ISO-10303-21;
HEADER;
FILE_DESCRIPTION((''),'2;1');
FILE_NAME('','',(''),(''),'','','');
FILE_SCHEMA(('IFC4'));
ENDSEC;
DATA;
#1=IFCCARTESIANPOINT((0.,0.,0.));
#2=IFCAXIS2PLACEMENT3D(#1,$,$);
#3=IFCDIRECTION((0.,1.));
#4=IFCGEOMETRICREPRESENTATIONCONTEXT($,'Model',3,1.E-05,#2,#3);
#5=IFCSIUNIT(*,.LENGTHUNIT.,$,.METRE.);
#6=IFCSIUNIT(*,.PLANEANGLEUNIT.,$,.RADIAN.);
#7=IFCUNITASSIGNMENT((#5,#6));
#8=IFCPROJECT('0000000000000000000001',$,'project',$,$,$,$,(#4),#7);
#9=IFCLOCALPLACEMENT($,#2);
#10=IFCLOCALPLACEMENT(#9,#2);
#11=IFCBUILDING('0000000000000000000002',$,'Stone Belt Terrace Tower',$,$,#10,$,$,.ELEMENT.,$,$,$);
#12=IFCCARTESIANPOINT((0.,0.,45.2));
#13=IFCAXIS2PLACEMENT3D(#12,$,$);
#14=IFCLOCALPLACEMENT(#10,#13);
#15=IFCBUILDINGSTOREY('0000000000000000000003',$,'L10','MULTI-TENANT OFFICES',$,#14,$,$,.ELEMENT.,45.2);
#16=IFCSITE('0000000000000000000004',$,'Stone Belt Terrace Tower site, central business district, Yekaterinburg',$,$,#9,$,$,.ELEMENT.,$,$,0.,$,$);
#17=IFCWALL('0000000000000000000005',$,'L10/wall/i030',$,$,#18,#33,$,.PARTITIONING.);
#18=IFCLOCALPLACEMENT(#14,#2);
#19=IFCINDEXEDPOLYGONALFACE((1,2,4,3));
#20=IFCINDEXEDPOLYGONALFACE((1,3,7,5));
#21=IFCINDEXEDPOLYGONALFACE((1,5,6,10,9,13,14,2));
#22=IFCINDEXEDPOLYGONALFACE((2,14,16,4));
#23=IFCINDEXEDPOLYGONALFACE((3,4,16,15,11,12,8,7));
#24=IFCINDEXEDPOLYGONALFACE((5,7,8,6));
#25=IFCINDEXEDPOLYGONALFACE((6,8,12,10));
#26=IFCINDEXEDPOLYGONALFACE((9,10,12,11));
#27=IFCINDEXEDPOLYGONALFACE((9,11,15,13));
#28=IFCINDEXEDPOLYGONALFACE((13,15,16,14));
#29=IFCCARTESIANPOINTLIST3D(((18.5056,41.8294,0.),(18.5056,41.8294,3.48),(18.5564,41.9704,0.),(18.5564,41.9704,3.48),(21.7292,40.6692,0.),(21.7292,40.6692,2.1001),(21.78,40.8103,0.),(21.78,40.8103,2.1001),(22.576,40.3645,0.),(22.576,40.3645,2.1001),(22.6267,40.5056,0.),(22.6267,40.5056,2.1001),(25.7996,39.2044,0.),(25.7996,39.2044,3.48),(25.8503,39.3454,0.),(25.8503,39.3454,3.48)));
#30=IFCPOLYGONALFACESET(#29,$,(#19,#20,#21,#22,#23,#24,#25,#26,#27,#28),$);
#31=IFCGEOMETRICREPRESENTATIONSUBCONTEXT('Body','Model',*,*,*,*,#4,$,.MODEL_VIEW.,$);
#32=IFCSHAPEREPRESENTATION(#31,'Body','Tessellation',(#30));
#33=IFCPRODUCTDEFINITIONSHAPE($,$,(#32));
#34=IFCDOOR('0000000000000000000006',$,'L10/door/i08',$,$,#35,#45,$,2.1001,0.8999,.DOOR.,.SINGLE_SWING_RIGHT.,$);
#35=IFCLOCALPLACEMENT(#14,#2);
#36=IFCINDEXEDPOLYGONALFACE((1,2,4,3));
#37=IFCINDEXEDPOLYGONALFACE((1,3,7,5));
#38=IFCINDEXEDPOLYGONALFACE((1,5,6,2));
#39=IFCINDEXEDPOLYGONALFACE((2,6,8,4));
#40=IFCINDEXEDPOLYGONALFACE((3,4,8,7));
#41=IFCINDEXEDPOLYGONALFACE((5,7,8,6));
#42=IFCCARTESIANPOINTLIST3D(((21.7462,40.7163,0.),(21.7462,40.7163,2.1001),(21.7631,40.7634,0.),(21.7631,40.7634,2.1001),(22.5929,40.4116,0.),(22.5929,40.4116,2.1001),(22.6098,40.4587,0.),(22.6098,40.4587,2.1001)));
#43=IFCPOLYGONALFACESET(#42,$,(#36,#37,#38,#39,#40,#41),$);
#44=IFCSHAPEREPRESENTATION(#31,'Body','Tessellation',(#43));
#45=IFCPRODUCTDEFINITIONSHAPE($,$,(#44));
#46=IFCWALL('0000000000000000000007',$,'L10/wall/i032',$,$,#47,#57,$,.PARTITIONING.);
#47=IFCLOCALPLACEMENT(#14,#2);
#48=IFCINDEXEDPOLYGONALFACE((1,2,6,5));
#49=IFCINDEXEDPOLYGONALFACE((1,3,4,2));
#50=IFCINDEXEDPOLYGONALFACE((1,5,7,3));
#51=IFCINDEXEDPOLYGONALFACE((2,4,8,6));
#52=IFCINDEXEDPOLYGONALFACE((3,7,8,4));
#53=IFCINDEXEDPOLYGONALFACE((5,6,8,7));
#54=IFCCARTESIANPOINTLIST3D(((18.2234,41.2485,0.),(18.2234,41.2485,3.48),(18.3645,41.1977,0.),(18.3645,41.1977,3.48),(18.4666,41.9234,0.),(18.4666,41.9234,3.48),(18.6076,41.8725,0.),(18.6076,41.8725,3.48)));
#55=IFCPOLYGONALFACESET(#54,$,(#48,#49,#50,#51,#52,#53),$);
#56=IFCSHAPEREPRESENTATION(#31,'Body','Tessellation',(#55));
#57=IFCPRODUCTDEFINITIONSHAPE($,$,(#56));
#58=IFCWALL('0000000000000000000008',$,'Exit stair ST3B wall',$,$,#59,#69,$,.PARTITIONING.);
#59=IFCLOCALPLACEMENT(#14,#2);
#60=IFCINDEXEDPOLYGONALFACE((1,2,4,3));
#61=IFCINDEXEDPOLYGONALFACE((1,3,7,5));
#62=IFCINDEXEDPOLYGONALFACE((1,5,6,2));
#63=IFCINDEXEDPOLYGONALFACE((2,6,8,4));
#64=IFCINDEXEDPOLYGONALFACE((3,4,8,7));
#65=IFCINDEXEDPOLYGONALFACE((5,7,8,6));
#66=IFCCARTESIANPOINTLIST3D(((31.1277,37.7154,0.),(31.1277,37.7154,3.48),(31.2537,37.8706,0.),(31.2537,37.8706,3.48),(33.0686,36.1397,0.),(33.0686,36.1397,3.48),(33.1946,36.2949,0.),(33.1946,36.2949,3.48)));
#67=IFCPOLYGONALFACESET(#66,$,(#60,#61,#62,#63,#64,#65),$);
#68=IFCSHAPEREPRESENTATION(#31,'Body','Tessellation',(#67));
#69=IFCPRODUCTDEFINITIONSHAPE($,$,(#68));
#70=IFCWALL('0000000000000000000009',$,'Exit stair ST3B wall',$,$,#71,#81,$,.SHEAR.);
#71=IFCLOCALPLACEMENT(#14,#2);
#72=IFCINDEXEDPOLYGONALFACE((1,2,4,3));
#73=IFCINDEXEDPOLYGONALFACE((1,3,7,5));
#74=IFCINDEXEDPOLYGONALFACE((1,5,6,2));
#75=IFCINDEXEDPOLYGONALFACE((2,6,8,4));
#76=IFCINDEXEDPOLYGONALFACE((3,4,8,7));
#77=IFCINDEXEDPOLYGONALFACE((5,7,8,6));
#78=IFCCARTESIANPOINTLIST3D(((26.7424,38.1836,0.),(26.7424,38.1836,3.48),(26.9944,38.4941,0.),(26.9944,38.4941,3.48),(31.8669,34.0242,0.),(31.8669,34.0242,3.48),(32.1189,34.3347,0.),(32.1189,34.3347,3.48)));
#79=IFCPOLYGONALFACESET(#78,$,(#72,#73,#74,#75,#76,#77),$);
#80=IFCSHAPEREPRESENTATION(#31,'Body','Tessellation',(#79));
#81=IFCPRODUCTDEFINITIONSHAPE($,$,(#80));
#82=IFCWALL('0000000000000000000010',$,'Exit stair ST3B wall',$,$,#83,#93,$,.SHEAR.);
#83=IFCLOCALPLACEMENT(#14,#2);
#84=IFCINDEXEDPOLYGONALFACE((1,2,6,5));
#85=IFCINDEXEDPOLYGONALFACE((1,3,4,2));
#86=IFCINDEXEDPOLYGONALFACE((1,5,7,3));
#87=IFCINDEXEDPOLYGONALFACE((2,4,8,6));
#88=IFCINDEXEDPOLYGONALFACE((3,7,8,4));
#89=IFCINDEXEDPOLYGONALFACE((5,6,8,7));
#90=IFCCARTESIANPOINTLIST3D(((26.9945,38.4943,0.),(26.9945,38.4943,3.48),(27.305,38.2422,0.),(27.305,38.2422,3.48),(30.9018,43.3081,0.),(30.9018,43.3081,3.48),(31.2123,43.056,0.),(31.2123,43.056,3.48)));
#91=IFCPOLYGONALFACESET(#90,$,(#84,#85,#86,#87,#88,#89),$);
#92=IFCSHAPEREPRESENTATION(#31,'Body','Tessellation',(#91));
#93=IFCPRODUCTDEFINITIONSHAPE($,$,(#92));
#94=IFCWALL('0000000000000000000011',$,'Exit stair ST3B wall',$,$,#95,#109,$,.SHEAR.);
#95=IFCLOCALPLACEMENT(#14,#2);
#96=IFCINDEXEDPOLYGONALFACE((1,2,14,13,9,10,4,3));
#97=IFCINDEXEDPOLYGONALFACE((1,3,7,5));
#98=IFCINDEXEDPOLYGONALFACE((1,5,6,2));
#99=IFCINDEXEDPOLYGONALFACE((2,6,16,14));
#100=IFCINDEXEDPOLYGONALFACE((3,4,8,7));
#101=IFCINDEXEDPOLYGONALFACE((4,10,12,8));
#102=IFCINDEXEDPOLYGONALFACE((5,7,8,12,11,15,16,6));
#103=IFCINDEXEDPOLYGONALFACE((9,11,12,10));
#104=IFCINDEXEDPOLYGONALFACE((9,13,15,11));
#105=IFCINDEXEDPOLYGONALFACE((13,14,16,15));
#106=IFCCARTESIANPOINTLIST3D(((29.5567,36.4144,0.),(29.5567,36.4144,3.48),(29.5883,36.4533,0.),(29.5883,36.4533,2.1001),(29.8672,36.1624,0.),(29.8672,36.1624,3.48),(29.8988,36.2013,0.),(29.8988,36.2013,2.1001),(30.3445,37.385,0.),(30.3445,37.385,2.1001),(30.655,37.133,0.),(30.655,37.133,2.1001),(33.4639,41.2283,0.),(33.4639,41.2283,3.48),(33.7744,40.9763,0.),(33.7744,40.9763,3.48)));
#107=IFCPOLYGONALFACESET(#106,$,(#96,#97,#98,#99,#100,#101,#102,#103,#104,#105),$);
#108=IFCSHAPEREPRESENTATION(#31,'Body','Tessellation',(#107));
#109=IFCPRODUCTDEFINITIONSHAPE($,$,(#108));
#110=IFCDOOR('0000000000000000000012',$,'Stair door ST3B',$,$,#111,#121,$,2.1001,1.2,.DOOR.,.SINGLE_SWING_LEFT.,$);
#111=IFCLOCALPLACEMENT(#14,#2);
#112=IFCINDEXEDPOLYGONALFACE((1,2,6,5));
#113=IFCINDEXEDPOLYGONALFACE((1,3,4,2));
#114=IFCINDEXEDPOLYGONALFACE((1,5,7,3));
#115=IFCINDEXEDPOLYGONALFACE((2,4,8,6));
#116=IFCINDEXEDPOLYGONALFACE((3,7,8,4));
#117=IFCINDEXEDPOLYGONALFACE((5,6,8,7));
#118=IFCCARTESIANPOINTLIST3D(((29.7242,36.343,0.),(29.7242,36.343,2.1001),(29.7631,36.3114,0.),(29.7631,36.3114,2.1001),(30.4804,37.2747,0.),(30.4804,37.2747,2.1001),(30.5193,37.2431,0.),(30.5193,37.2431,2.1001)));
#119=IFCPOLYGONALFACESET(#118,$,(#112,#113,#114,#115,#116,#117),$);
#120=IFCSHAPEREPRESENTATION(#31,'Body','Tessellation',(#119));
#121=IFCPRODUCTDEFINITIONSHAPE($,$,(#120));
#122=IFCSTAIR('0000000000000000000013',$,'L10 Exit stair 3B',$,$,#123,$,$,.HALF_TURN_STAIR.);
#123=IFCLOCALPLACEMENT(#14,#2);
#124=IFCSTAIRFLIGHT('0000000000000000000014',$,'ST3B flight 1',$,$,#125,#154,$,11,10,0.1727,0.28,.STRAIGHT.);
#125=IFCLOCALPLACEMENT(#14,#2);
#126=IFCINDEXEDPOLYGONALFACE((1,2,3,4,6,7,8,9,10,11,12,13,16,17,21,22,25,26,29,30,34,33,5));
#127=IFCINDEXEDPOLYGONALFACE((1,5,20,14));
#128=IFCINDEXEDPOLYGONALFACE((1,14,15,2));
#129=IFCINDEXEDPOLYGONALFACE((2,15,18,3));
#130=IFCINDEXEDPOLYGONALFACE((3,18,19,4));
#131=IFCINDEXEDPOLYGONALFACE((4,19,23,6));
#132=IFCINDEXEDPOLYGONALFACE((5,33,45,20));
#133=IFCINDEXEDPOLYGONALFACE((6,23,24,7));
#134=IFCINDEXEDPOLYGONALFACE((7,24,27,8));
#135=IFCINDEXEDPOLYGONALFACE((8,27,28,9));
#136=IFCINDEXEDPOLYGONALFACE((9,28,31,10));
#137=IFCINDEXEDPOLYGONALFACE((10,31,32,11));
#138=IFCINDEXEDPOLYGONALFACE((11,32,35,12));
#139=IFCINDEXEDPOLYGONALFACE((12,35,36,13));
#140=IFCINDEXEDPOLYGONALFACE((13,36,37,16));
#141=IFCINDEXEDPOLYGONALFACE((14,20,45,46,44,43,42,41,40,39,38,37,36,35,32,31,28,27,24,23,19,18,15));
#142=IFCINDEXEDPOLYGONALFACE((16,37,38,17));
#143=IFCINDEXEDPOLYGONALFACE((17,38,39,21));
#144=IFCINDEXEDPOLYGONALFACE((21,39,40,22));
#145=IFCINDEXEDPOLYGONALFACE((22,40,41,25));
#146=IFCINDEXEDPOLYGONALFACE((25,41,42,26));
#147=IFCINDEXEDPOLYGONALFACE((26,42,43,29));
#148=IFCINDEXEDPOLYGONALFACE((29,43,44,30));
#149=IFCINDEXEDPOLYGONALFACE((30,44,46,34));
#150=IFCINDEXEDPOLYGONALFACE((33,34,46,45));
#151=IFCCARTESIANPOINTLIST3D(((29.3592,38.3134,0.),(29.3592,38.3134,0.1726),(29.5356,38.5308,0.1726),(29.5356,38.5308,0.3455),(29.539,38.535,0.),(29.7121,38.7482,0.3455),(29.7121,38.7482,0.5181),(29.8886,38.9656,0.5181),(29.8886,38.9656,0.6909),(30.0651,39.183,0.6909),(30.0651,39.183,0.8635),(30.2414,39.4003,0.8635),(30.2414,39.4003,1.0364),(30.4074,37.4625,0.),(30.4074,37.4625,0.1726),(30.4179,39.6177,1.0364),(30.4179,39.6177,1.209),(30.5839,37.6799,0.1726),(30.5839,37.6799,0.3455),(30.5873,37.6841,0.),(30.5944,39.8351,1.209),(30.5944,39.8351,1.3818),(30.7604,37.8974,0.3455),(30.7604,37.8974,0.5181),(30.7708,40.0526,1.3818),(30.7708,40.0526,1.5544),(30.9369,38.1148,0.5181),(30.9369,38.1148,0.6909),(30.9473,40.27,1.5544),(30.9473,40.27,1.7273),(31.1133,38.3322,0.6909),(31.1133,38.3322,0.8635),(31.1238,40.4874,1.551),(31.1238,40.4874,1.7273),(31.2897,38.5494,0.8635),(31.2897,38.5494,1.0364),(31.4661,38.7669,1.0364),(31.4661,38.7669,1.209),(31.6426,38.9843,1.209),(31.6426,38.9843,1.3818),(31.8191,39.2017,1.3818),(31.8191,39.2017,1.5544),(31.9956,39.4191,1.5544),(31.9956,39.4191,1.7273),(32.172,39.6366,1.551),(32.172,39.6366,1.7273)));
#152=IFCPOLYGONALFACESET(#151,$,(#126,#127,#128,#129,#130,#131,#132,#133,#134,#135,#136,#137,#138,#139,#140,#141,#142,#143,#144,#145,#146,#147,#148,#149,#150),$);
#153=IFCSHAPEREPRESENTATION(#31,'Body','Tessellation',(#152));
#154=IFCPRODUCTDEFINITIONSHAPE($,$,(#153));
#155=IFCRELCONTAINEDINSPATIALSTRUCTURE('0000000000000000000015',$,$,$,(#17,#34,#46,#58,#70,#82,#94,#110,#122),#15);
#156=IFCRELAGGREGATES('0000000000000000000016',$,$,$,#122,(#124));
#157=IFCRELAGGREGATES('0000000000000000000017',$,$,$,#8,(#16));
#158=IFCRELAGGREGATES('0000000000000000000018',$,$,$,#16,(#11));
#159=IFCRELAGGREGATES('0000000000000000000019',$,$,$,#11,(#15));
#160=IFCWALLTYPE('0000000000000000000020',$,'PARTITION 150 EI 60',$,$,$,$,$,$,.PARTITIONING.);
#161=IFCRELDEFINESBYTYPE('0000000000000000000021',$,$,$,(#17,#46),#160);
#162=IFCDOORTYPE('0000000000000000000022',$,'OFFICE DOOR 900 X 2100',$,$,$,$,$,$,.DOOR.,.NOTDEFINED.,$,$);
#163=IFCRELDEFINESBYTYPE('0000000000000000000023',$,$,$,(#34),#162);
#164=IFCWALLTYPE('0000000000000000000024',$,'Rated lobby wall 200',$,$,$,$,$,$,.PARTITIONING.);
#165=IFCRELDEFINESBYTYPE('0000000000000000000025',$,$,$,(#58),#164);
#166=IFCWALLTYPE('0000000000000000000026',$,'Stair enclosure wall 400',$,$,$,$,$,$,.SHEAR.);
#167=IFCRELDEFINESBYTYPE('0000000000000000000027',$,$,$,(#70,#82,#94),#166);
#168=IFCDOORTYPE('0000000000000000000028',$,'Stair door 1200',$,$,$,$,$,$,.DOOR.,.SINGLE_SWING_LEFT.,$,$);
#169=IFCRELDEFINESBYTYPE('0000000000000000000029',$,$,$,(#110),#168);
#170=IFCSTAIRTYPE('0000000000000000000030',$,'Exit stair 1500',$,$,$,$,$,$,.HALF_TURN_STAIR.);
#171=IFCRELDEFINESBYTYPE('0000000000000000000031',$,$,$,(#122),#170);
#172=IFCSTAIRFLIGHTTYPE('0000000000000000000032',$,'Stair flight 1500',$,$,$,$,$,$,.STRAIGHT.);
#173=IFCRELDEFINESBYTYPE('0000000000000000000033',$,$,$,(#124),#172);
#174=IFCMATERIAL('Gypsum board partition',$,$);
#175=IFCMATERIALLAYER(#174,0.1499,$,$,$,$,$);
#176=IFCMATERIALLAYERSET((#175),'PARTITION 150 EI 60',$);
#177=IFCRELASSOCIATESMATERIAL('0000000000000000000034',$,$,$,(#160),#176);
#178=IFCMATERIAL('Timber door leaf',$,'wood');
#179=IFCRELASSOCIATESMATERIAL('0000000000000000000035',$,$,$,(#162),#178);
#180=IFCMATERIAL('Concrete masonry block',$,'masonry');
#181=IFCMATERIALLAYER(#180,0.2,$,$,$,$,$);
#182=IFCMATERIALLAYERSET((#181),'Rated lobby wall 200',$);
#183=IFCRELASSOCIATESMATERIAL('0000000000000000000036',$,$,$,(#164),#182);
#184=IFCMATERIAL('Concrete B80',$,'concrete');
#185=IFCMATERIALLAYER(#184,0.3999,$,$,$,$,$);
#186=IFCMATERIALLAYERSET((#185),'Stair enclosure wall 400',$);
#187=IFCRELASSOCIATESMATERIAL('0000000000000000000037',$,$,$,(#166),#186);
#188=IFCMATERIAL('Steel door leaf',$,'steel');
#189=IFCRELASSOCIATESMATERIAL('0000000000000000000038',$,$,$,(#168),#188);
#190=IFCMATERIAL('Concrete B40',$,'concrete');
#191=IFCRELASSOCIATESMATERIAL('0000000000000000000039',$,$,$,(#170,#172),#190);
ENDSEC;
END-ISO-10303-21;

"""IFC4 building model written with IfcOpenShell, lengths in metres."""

from ifc_helpers import new_model, si_unit, direction, frame, frame_2d, origin, place, context, subcontext, project, spatial, polyline, rectangle, outline, extrude, material, layer, layer_set, type_object, element, fill, aggregate, save


model = new_model("IFC4")

# Units and contexts
model_context = context("Model", 3, precision=1e-05, world=origin(), true_north=direction((0.0, 1.0)))
body_context = subcontext(model_context, "Body", "Model", "MODEL_VIEW")
ifc_project = project(units=[si_unit("LENGTHUNIT", "METRE"), si_unit("PLANEANGLEUNIT", "RADIAN")], contexts=[model_context])

# Site, building, storey
site_placement = place(None, origin())
site = spatial("IfcSite", under=ifc_project, at=site_placement, Name="Stone Belt Terrace Tower site, central business district, Yekaterinburg", CompositionType="ELEMENT", RefElevation=0.0)
building_placement = place(site_placement, origin())
building = spatial("IfcBuilding", under=site, at=building_placement, Name="Stone Belt Terrace Tower", CompositionType="ELEMENT")
storey_placement = place(building_placement, frame((0.0, 0.0, 45.2)))
storey = spatial("IfcBuildingStorey", under=building, at=storey_placement, Name="L10", Description="MULTI-TENANT OFFICES", CompositionType="ELEMENT", Elevation=45.2)

# Shared definitions
ifc_material_1 = material(Name="Concrete B80", Category="concrete")

# Shared definitions
ifc_material_2 = material(Name="Gypsum board partition")
ifc_layer_1 = layer(ifc_material_2, 0.1499)
ifc_layer_set_1 = layer_set([ifc_layer_1], Name="PARTITION 150 EI 60")
wall_type_1 = type_object("IfcWallType", Name="PARTITION 150 EI 60", PredefinedType="PARTITIONING", material=ifc_layer_set_1)

# Wall, opening, door
ifc_material_3 = material(Name="Timber door leaf", Category="wood")
door_type_1 = type_object("IfcDoorType", Name="OFFICE DOOR 900 X 2100", OperationType="NOTDEFINED", PredefinedType="DOOR", material=ifc_material_3)
wall_1_placement = place(storey_placement, frame((25.825, 39.2749, 0.0), z_axis=(0.0, 0.0, 1.0), x_axis=(-0.940921, 0.338626, 0.0)))
wall_1 = element("IfcWall", 1, at=wall_1_placement, inside=storey, type_object=wall_type_1, Name="L10/wall/i030", PredefinedType="PARTITIONING", context=body_context, shape_type="SweptSolid", body=[
    extrude(rectangle(XDim=7.752, YDim=0.1499, at=frame_2d((3.876, 0.0))), origin(), (0.0, 0.0, 1.0), 3.48),
])
opening_1_placement = place(wall_1_placement, frame((3.426, 0.0, 0.0)))
opening_1 = element("IfcOpeningElement", 2, at=opening_1_placement, cuts=wall_1, PredefinedType="OPENING", context=body_context, shape_type="SweptSolid", body=[
    extrude(rectangle(XDim=0.8999, YDim=2.1001, at=frame_2d((0.45, 1.05))), frame((0.0, 0.085, 0.0), z_axis=(0.0, -1.0, 0.0), x_axis=(1.0, 0.0, 0.0)), (0.0, 0.0, 1.0), 0.1699),
])
door_1_placement = place(opening_1_placement, origin())
door_1 = element("IfcDoor", 3, at=door_1_placement, inside=storey, type_object=door_type_1, Name="L10/door/i08", OperationType="SINGLE_SWING_RIGHT", OverallHeight=2.1001, OverallWidth=0.8999, PredefinedType="DOOR", context=body_context, shape_type="SweptSolid", body=[
    extrude(rectangle(XDim=0.8999, YDim=2.1001, at=frame_2d((0.45, 1.05))), frame((0.0, 0.0249, 0.0), z_axis=(0.0, -1.0, 0.0), x_axis=(1.0, 0.0, 0.0)), (0.0, 0.0, 1.0), 0.05),
])
fill(opening_1, door_1)

# Walls
wall_2_placement = place(storey_placement, frame((18.5371, 41.8979, 0.0), z_axis=(0.0, 0.0, 1.0), x_axis=(-0.339009, -0.940783, 0.0)))
element("IfcWall", 4, at=wall_2_placement, inside=storey, type_object=wall_type_1, Name="L10/wall/i032", PredefinedType="PARTITIONING", context=body_context, shape_type="SweptSolid", body=[
    extrude(rectangle(XDim=0.7173, YDim=0.1499, at=frame_2d((0.3586, 0.0))), origin(), (0.0, 0.0, 1.0), 3.48),
])
ifc_material_4 = material(Name="Concrete masonry block", Category="masonry")
ifc_layer_2 = layer(ifc_material_4, 0.2)
ifc_layer_set_2 = layer_set([ifc_layer_2], Name="Rated lobby wall 200")
wall_type_2 = type_object("IfcWallType", Name="Rated lobby wall 200", PredefinedType="PARTITIONING", material=ifc_layer_set_2)
wall_3_placement = place(storey_placement, frame((31.1907, 37.793, 0.0), z_axis=(0.0, 0.0, 1.0), x_axis=(0.776371, -0.630276, 0.0)))
element("IfcWall", 5, at=wall_3_placement, inside=storey, type_object=wall_type_2, Name="Exit stair ST3B wall", PredefinedType="PARTITIONING", context=body_context, shape_type="SweptSolid", body=[
    extrude(rectangle(XDim=2.5, YDim=0.2, at=frame_2d((1.25, 0.0))), origin(), (0.0, 0.0, 1.0), 3.48),
])
ifc_layer_3 = layer(ifc_material_1, 0.3999)
ifc_layer_set_3 = layer_set([ifc_layer_3], Name="Stair enclosure wall 400")
wall_type_3 = type_object("IfcWallType", Name="Stair enclosure wall 400", PredefinedType="SHEAR", material=ifc_layer_set_3)
wall_4_placement = place(storey_placement, frame((26.8684, 38.3389, 0.0), z_axis=(0.0, 0.0, 1.0), x_axis=(0.776428, -0.630205, 0.0)))
element("IfcWall", 6, at=wall_4_placement, inside=storey, type_object=wall_type_3, Name="Exit stair ST3B wall", PredefinedType="SHEAR", context=body_context, shape_type="SweptSolid", body=[
    extrude(rectangle(XDim=6.6001, YDim=0.3999, at=frame_2d((3.3, 0.0))), origin(), (0.0, 0.0, 1.0), 3.48),
])
wall_5_placement = place(storey_placement, frame((27.1497, 38.3682, 0.0), z_axis=(0.0, 0.0, 1.0), x_axis=(0.630212, 0.776423, 0.0)))
element("IfcWall", 7, at=wall_5_placement, inside=storey, type_object=wall_type_3, Name="Exit stair ST3B wall", PredefinedType="SHEAR", context=body_context, shape_type="SweptSolid", body=[
    extrude(rectangle(XDim=6.2, YDim=0.3999, at=frame_2d((3.1001, 0.0))), origin(), (0.0, 0.0, 1.0), 3.48),
])

# Wall, opening, door
wall_6_placement = place(storey_placement, frame((29.7119, 36.2883, 0.0), z_axis=(0.0, 0.0, 1.0), x_axis=(0.630192, 0.776439, 0.0)))
wall_6 = element("IfcWall", 8, at=wall_6_placement, inside=storey, type_object=wall_type_3, Name="Exit stair ST3B wall", PredefinedType="SHEAR", context=body_context, shape_type="SweptSolid", body=[
    extrude(rectangle(XDim=6.2, YDim=0.3999, at=frame_2d((3.1001, 0.0))), origin(), (0.0, 0.0, 1.0), 3.48),
])
opening_2_placement = place(wall_6_placement, frame((0.05, 0.0, 0.0)))
opening_2 = element("IfcOpeningElement", 9, at=opening_2_placement, cuts=wall_6, PredefinedType="OPENING", context=body_context, shape_type="SweptSolid", body=[
    extrude(rectangle(XDim=1.2, YDim=2.1001, at=frame_2d((0.6001, 1.05))), frame((0.0, 0.21, 0.0), z_axis=(0.0, -1.0, 0.0), x_axis=(1.0, 0.0, 0.0)), (0.0, 0.0, 1.0), 0.4199),
])
ifc_material_5 = material(Name="Steel door leaf", Category="steel")
door_type_2 = type_object("IfcDoorType", Name="Stair door 1200", OperationType="SINGLE_SWING_LEFT", PredefinedType="DOOR", material=ifc_material_5)
door_2_placement = place(opening_2_placement, origin())
door_2 = element("IfcDoor", 10, at=door_2_placement, inside=storey, type_object=door_type_2, Name="Stair door ST3B", OperationType="SINGLE_SWING_LEFT", OverallHeight=2.1001, OverallWidth=1.2, PredefinedType="DOOR", context=body_context, shape_type="SweptSolid", body=[
    extrude(rectangle(XDim=1.2, YDim=2.1001, at=frame_2d((0.6001, 1.05))), frame((0.0, 0.0249, 0.0), z_axis=(0.0, -1.0, 0.0), x_axis=(1.0, 0.0, 0.0)), (0.0, 0.0, 1.0), 0.05),
])
fill(opening_2, door_2)

# Stair, stair flight
ifc_material_6 = material(Name="Concrete B40", Category="concrete")
stair_type = type_object("IfcStairType", Name="Exit stair 1500", PredefinedType="HALF_TURN_STAIR", material=ifc_material_6)
stair_placement = place(storey_placement, origin())
stair = element("IfcStair", 11, at=stair_placement, inside=storey, type_object=stair_type, Name="L10 Exit stair 3B", PredefinedType="HALF_TURN_STAIR")
stair_flight_type = type_object("IfcStairFlightType", Name="Stair flight 1500", PredefinedType="STRAIGHT", material=ifc_material_6)
stair_flight_1_placement = place(storey_placement, frame((29.8833, 37.8879, 0.0), z_axis=(0.0, 0.0, 1.0), x_axis=(0.630206, 0.776428, 0.0)))
stair_flight_1 = element("IfcStairFlight", 12, at=stair_flight_1_placement, type_object=stair_flight_type, Name="ST3B flight 1", NumberOfRisers=11, NumberOfTreads=10, PredefinedType="STRAIGHT", RiserHeight=0.1727, TreadLength=0.28, context=body_context, shape_type="SweptSolid", body=[
    extrude(outline(polyline([(0.0, 0.0), (0.0, 0.1726), (0.28, 0.1726), (0.28, 0.3455), (0.5601, 0.3455), (0.5601, 0.5181), (0.8401, 0.5181), (0.8401, 0.6909), (1.1201, 0.6909), (1.1201, 0.8635), (1.3999, 0.8635), (1.3999, 1.0364), (1.6799, 1.0364), (1.6799, 1.209), (1.96, 1.209), (1.96, 1.3818), (2.24, 1.3818), (2.24, 1.5544), (2.52, 1.5544), (2.52, 1.7273), (2.8, 1.7273), (2.8, 1.8999), (2.8, 1.551), (0.2854, 0.0), (0.0, 0.0)])), frame((0.0, 0.675, 0.0), z_axis=(0.0, -1.0, 0.0), x_axis=(1.0, 0.0, 0.0)), (0.0, 0.0, 1.0), 1.3501),
])
aggregate(stair, [stair_flight_1])

save(model, "model.ifc")
